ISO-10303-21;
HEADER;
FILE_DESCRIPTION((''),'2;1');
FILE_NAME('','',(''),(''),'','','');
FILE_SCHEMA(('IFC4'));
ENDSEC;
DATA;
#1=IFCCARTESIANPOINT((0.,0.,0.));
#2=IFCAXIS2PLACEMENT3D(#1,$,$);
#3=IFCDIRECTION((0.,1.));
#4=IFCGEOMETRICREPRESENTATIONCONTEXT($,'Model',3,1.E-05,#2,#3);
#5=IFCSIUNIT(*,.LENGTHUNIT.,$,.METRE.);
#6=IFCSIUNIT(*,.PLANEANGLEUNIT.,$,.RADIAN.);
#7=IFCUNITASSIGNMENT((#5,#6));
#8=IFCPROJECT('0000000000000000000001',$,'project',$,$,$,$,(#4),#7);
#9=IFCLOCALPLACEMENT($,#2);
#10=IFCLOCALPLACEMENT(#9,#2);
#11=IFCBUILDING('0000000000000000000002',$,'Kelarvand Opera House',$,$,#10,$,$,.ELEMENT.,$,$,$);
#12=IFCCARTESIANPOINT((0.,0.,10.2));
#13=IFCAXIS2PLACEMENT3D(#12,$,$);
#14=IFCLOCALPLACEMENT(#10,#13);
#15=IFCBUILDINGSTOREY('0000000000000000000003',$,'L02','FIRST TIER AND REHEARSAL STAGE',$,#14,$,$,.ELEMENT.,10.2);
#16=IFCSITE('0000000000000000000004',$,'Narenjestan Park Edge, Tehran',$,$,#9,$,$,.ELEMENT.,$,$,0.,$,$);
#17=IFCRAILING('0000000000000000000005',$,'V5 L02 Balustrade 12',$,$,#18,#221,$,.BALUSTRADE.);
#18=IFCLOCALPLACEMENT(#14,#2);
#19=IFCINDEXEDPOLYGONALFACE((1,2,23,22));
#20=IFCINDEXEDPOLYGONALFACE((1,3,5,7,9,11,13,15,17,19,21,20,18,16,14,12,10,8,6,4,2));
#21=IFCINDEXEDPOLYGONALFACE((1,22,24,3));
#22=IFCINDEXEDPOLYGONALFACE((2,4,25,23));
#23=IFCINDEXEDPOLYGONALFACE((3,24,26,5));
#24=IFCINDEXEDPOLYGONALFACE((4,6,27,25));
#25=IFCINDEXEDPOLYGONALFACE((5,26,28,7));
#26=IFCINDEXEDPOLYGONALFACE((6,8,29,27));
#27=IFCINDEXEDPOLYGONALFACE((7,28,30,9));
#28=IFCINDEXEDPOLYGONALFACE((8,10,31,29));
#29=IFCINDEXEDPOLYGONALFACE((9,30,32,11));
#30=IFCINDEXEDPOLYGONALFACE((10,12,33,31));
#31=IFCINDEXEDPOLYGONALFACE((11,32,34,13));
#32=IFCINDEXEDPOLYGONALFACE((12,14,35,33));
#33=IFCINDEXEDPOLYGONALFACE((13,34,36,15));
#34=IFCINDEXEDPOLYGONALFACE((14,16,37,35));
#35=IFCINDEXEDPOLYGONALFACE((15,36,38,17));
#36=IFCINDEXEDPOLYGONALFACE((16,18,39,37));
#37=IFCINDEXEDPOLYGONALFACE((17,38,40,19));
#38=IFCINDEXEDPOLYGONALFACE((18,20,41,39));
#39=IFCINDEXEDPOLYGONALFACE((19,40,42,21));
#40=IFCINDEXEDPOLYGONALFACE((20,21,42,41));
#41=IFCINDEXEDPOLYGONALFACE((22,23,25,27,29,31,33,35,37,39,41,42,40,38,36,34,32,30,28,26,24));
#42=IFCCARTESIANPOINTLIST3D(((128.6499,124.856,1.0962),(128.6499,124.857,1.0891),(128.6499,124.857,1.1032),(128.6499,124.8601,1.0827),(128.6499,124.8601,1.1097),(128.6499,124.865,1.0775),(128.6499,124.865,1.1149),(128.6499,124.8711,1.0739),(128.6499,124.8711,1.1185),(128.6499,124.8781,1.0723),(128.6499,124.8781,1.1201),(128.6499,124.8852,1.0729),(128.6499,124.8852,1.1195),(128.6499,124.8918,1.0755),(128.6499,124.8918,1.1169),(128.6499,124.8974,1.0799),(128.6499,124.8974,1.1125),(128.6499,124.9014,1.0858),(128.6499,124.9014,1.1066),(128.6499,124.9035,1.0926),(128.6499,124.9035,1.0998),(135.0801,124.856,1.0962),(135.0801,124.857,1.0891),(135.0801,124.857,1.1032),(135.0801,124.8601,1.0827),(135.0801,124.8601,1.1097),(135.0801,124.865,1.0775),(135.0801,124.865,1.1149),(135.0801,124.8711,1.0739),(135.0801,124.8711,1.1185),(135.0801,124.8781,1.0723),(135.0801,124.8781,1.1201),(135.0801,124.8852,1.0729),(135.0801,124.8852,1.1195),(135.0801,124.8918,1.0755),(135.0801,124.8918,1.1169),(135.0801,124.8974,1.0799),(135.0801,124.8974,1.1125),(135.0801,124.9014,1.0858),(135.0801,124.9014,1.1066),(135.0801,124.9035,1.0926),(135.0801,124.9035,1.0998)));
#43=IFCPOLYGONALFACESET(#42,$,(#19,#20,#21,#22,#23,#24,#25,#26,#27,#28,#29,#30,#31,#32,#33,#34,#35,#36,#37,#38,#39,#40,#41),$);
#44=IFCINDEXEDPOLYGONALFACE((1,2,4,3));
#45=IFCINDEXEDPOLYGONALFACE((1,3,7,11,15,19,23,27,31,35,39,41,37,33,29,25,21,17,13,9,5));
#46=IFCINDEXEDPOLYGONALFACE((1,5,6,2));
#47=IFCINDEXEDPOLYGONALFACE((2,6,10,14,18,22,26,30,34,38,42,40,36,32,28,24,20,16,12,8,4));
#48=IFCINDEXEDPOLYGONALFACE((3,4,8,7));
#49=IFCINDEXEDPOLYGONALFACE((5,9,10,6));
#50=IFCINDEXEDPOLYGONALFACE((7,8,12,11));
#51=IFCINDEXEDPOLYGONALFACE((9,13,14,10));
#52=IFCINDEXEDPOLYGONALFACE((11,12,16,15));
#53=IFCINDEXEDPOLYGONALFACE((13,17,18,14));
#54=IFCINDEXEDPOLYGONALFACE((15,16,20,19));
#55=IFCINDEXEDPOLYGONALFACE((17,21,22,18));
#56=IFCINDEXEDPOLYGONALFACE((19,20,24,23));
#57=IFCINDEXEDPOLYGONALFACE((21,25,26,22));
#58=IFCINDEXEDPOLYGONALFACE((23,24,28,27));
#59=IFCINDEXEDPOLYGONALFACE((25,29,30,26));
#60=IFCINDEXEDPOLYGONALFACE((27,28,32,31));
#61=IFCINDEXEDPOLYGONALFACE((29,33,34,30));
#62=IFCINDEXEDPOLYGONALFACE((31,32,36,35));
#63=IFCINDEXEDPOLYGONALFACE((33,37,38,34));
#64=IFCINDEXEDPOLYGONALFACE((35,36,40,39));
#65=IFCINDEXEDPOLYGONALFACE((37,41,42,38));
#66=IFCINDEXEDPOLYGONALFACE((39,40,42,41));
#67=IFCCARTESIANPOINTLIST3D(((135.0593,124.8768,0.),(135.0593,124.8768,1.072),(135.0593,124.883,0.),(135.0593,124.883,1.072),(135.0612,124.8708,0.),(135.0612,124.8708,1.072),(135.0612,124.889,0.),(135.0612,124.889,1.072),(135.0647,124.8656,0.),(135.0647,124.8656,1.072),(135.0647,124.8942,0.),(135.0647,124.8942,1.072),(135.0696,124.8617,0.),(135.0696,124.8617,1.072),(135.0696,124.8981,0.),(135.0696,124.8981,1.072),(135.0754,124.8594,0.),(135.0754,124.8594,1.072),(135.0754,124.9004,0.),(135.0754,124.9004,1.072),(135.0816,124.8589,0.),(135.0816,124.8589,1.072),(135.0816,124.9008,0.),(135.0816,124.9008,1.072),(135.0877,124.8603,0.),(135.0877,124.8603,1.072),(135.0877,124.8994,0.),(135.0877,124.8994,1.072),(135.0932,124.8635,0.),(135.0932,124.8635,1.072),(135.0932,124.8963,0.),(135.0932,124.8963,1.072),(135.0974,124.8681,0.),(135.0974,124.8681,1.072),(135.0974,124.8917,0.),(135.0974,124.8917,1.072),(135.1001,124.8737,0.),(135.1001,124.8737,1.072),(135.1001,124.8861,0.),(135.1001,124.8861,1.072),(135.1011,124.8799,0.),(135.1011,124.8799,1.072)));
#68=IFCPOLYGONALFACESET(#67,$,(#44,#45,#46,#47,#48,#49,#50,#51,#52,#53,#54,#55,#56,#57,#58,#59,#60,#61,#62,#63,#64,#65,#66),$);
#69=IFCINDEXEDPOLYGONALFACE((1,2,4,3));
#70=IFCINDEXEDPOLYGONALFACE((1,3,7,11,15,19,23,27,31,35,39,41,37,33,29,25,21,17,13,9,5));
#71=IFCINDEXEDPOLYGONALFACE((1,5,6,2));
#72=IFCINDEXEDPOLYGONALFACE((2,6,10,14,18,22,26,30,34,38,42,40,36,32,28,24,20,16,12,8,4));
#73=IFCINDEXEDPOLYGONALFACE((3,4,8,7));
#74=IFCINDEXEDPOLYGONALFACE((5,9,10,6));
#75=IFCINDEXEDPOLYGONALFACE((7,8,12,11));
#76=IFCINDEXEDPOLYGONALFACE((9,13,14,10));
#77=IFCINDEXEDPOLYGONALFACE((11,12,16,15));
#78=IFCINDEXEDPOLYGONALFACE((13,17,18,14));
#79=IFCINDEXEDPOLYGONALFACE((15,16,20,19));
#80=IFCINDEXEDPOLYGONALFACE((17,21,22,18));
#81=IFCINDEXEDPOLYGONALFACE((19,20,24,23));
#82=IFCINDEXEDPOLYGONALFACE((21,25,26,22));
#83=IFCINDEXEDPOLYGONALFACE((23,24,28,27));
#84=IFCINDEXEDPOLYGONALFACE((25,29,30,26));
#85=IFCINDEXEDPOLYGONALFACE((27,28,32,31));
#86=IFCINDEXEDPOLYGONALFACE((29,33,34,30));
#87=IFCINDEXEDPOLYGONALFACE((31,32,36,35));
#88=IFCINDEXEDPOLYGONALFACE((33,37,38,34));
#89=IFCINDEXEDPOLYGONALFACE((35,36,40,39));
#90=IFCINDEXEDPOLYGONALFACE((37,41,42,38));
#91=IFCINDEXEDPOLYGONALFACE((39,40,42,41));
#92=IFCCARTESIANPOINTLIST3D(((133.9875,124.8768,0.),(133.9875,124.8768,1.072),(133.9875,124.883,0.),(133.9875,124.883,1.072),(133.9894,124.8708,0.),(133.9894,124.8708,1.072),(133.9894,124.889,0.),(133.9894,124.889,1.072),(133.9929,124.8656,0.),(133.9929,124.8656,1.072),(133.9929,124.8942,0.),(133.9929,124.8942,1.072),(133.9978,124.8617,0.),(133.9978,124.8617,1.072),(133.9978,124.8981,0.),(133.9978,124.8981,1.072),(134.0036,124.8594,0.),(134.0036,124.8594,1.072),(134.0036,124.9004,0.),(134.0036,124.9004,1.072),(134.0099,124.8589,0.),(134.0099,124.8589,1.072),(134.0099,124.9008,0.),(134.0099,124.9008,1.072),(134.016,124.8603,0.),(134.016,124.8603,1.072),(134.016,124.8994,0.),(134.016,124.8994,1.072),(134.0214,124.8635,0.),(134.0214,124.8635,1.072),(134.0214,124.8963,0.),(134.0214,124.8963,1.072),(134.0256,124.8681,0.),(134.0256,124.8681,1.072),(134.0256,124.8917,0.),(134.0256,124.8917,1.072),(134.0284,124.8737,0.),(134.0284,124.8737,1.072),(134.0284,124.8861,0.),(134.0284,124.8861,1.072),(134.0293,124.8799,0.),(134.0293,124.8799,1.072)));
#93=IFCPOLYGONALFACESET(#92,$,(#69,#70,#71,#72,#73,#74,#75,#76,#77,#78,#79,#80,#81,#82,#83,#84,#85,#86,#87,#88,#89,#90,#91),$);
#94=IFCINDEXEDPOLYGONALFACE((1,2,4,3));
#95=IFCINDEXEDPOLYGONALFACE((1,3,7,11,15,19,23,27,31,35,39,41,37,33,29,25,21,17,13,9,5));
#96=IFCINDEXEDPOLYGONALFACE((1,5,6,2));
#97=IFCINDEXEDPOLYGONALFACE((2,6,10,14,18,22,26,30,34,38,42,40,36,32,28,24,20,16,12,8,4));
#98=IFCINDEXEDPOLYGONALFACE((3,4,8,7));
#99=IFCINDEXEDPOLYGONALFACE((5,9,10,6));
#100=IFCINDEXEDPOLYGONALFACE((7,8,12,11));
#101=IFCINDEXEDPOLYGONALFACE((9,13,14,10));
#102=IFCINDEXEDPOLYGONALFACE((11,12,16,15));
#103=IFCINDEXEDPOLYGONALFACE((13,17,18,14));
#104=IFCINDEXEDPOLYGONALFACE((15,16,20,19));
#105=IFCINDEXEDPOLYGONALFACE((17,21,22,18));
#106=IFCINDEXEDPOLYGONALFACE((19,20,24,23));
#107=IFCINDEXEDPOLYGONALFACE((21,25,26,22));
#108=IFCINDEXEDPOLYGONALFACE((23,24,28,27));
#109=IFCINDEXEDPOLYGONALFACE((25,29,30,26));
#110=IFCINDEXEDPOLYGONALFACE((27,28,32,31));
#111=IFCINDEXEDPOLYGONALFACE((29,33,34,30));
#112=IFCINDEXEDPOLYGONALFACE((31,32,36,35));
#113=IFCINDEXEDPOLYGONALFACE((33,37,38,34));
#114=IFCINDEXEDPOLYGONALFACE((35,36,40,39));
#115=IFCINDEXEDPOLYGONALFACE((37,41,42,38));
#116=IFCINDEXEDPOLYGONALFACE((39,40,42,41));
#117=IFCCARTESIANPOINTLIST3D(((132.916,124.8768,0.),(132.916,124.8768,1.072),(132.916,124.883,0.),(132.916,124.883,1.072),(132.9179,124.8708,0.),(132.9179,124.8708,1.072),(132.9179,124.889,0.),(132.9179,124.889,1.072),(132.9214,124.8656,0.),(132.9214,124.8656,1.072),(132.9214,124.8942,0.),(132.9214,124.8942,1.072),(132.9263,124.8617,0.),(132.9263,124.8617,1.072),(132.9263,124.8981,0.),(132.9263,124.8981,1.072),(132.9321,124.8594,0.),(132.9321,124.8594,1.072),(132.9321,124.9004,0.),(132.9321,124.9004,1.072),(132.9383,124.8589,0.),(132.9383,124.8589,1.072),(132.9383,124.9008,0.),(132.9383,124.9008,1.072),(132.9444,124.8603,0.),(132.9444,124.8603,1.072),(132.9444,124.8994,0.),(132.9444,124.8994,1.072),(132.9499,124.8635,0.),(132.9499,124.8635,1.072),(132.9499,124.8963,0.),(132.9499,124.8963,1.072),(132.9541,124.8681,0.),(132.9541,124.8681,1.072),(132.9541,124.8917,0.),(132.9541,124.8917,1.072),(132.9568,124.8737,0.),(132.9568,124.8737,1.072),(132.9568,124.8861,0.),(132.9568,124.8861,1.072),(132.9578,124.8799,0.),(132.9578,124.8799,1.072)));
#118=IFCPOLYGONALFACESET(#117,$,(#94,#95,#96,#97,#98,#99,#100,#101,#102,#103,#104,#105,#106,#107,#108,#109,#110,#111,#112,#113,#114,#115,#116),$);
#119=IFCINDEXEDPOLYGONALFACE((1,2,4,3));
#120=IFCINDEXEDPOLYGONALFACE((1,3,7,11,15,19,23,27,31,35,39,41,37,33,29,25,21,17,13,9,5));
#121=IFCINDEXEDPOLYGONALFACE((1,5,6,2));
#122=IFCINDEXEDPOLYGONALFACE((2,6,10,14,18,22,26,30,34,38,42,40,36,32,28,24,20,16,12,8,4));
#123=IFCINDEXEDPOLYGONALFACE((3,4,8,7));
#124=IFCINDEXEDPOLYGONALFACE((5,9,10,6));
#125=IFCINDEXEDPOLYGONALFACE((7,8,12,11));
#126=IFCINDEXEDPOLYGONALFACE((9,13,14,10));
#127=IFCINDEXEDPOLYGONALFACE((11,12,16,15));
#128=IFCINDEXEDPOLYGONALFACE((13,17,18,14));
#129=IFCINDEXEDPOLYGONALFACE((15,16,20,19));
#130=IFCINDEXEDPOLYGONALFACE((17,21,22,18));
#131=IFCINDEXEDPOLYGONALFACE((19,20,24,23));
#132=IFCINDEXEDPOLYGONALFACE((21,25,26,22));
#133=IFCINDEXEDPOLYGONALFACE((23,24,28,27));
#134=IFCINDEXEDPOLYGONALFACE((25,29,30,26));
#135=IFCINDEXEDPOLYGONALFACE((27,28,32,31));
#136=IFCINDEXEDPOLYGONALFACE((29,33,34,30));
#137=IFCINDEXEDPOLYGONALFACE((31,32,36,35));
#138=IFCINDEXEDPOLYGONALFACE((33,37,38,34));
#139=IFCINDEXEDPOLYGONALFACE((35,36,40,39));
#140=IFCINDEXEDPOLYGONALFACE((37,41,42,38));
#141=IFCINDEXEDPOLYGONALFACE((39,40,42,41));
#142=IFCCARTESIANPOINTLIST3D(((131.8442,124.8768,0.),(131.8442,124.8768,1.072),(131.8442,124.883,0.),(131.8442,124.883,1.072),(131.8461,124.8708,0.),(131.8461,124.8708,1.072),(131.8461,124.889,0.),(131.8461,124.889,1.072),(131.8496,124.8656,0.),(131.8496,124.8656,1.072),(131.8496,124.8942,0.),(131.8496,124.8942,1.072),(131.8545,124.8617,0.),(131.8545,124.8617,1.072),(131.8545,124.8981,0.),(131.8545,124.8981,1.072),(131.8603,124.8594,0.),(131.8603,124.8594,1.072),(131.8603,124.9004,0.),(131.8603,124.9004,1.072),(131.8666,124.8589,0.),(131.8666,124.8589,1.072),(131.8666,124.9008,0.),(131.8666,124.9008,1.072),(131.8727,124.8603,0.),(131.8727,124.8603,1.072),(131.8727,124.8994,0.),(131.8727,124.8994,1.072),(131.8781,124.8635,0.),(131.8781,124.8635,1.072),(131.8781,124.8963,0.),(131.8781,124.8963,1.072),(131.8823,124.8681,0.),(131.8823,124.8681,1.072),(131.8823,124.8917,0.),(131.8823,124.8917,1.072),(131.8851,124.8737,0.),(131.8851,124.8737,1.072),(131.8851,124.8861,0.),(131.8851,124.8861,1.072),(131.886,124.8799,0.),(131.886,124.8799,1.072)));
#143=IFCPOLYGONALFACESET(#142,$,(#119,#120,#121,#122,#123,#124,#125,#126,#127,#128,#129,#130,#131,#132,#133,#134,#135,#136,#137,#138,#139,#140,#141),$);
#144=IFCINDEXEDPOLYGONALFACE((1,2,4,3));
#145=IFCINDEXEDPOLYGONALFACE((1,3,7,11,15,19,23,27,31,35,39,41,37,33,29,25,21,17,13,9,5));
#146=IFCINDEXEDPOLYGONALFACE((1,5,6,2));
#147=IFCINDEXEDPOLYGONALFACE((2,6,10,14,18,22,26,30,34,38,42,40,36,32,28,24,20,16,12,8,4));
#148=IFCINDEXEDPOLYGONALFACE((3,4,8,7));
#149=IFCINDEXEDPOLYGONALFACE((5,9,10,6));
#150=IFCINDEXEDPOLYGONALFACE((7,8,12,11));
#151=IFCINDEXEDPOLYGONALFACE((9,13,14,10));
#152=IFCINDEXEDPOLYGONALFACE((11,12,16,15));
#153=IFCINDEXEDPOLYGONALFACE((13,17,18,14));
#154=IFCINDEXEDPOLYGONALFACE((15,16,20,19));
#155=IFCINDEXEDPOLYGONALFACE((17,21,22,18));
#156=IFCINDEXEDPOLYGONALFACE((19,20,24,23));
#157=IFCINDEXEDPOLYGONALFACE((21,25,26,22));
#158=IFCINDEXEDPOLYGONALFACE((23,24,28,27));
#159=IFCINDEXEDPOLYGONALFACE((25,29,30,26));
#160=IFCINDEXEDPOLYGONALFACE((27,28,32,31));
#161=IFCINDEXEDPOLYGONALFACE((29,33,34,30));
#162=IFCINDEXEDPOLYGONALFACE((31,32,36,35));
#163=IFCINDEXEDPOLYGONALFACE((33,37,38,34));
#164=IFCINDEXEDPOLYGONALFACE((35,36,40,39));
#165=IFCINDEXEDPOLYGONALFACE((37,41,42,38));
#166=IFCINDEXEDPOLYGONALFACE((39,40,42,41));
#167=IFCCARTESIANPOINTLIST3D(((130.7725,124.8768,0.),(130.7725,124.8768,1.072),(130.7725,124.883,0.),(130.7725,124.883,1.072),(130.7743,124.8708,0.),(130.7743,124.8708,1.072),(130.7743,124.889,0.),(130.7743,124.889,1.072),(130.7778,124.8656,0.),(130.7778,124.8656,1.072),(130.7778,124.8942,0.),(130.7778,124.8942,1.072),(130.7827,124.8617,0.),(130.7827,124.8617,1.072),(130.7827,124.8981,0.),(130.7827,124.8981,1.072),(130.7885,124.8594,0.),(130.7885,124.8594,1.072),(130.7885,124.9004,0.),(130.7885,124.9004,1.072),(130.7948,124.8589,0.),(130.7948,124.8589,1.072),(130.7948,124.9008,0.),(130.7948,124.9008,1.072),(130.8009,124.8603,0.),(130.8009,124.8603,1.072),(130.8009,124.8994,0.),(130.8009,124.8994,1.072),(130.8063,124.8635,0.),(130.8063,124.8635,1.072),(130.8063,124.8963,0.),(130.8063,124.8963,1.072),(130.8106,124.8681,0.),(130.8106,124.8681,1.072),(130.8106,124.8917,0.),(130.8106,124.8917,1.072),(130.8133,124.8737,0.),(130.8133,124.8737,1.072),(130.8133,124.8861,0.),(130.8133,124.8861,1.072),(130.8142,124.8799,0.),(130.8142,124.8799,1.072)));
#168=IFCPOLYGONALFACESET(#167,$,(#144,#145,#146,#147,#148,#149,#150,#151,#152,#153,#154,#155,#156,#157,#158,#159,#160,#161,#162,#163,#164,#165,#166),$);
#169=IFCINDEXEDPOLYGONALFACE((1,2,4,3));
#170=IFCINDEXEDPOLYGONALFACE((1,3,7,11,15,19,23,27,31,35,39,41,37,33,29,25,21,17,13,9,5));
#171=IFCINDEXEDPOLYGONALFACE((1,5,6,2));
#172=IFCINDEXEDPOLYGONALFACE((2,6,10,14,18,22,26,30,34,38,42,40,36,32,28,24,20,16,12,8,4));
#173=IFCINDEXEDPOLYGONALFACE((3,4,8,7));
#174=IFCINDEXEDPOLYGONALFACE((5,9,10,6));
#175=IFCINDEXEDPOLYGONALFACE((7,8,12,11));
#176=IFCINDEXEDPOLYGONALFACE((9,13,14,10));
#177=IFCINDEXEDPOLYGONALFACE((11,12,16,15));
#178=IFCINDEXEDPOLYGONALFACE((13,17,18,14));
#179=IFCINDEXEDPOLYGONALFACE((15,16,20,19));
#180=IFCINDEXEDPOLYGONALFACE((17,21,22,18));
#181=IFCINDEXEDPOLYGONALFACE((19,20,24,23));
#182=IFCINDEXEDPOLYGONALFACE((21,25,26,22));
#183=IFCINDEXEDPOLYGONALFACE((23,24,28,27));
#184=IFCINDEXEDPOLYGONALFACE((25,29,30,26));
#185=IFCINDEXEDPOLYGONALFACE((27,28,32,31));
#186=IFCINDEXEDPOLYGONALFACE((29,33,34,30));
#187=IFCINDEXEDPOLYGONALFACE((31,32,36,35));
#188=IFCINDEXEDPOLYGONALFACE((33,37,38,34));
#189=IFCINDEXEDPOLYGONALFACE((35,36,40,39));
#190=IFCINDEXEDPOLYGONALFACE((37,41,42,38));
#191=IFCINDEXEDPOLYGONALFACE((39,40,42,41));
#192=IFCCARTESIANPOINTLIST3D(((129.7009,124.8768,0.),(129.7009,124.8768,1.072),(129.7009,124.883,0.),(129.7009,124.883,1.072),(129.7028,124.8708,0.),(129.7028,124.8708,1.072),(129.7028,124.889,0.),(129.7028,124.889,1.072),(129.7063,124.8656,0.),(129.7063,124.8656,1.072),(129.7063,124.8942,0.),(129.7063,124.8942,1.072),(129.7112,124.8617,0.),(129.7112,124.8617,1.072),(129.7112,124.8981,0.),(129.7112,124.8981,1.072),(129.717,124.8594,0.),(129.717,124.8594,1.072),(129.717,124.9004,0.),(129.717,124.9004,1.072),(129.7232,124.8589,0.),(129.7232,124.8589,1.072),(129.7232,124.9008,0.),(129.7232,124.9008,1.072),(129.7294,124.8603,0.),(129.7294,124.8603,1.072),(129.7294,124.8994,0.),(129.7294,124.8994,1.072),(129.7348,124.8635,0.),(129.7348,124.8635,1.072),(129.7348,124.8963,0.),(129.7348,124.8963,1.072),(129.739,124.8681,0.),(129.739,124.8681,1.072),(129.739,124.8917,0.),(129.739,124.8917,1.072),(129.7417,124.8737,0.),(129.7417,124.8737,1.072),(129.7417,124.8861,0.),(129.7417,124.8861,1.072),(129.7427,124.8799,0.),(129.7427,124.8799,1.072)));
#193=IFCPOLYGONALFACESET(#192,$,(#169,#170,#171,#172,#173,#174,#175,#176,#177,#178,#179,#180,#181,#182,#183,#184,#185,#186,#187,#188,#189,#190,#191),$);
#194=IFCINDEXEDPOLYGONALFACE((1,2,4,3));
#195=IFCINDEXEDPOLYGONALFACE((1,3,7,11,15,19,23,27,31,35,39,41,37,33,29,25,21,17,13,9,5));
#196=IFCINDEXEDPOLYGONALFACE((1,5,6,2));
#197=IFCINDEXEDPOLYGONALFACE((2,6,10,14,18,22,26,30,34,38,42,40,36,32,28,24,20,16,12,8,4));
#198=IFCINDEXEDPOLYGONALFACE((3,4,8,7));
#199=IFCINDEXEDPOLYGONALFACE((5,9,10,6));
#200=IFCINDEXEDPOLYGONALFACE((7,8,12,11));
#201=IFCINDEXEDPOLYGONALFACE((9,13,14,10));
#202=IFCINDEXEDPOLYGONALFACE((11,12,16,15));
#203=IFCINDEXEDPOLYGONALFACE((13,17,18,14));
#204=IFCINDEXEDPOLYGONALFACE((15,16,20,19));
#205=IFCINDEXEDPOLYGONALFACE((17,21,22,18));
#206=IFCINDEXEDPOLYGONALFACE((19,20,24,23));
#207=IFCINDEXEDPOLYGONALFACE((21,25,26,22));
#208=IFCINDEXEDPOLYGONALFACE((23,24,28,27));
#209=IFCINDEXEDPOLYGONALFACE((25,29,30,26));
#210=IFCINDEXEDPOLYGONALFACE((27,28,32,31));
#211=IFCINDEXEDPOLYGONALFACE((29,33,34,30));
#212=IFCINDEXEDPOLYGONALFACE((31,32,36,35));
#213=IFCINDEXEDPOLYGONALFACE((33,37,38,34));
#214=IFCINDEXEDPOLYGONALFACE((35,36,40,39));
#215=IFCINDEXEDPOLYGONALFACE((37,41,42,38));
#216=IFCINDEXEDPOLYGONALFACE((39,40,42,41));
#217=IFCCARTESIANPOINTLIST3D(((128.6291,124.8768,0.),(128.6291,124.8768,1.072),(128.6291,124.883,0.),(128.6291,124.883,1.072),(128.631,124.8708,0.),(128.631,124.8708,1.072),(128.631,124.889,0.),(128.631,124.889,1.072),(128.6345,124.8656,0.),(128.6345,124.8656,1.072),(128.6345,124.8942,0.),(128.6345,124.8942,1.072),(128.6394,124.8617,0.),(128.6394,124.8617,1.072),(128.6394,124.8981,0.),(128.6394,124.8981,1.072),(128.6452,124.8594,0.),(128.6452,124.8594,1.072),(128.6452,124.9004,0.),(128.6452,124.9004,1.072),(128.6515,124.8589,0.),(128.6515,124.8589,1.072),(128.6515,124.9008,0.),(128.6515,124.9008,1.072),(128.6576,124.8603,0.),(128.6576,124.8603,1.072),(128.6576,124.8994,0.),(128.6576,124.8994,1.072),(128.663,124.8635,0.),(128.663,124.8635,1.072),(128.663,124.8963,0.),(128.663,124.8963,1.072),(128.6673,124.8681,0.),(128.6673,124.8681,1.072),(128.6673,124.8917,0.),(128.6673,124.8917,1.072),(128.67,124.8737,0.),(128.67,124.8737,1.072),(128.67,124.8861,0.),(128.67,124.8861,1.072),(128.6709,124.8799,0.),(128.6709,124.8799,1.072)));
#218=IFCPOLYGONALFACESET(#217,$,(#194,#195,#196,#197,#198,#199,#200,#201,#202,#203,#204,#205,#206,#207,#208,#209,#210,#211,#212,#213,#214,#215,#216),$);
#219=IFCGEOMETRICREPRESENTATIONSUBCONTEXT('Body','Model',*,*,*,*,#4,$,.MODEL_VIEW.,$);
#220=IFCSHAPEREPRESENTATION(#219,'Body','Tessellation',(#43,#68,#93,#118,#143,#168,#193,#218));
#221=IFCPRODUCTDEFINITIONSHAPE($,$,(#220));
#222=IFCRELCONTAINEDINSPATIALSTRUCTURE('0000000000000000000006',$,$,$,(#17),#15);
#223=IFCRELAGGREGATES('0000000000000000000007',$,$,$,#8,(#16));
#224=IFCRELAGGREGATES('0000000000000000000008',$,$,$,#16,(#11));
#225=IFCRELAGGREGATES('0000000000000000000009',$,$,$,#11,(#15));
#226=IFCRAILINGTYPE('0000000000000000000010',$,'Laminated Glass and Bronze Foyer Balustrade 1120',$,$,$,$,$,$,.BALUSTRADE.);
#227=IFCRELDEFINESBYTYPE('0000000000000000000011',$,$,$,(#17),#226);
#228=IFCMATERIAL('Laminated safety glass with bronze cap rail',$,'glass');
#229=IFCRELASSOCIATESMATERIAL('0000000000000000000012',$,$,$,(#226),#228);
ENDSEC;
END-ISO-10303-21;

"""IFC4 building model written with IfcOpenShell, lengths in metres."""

from ifc_helpers import new_model, si_unit, direction, frame, origin, origin_2d, place, context, subcontext, project, spatial, circle, extrude, material, type_object, element, save


model = new_model("IFC4")

# Units and contexts
model_context = context("Model", 3, precision=1e-05, world=origin(), true_north=direction((0.0, 1.0)))
body_context = subcontext(model_context, "Body", "Model", "MODEL_VIEW")
ifc_project = project(units=[si_unit("LENGTHUNIT", "METRE"), si_unit("PLANEANGLEUNIT", "RADIAN")], contexts=[model_context])

# Site, building, storey
site_placement = place(None, origin())
site = spatial("IfcSite", under=ifc_project, at=site_placement, Name="Narenjestan Park Edge, Tehran", CompositionType="ELEMENT", RefElevation=0.0)
building_placement = place(site_placement, origin())
building = spatial("IfcBuilding", under=site, at=building_placement, Name="Kelarvand Opera House", CompositionType="ELEMENT")
storey_placement = place(building_placement, frame((0.0, 0.0, 10.2)))
storey = spatial("IfcBuildingStorey", under=building, at=storey_placement, Name="L02", Description="FIRST TIER AND REHEARSAL STAGE", CompositionType="ELEMENT", Elevation=10.2)

# Railing
ifc_material_1 = material(Name="Laminated safety glass with bronze cap rail", Category="glass")
railing_type = type_object("IfcRailingType", Name="Laminated Glass and Bronze Foyer Balustrade 1120", PredefinedType="BALUSTRADE", material=ifc_material_1)
railing_placement = place(storey_placement, frame((135.0801, 124.8799, 0.0)))
element("IfcRailing", 1, at=railing_placement, inside=storey, type_object=railing_type, Name="V5 L02 Balustrade 12", PredefinedType="BALUSTRADE", context=body_context, shape_type="SweptSolid", body=[
    extrude(circle(Radius=0.0239, at=origin_2d()), frame((0.0, 0.0, 1.0962), z_axis=(-1.0, 0.0, 0.0), x_axis=(0.0, -1.0, 0.0)), (0.0, 0.0, 1.0), 6.4302),
    extrude(circle(Radius=0.021, at=origin_2d()), origin(), (0.0, 0.0, 1.0), 1.072),
    extrude(circle(Radius=0.021, at=origin_2d()), frame((-1.0718, 0.0, 0.0)), (0.0, 0.0, 1.0), 1.072),
    extrude(circle(Radius=0.021, at=origin_2d()), frame((-2.1433, 0.0, 0.0)), (0.0, 0.0, 1.0), 1.072),
    extrude(circle(Radius=0.021, at=origin_2d()), frame((-3.2151, 0.0, 0.0)), (0.0, 0.0, 1.0), 1.072),
    extrude(circle(Radius=0.021, at=origin_2d()), frame((-4.2869, 0.0, 0.0)), (0.0, 0.0, 1.0), 1.072),
    extrude(circle(Radius=0.021, at=origin_2d()), frame((-5.3584, 0.0, 0.0)), (0.0, 0.0, 1.0), 1.072),
    extrude(circle(Radius=0.021, at=origin_2d()), frame((-6.4302, 0.0, 0.0)), (0.0, 0.0, 1.0), 1.072),
])

save(model, "model.ifc")
